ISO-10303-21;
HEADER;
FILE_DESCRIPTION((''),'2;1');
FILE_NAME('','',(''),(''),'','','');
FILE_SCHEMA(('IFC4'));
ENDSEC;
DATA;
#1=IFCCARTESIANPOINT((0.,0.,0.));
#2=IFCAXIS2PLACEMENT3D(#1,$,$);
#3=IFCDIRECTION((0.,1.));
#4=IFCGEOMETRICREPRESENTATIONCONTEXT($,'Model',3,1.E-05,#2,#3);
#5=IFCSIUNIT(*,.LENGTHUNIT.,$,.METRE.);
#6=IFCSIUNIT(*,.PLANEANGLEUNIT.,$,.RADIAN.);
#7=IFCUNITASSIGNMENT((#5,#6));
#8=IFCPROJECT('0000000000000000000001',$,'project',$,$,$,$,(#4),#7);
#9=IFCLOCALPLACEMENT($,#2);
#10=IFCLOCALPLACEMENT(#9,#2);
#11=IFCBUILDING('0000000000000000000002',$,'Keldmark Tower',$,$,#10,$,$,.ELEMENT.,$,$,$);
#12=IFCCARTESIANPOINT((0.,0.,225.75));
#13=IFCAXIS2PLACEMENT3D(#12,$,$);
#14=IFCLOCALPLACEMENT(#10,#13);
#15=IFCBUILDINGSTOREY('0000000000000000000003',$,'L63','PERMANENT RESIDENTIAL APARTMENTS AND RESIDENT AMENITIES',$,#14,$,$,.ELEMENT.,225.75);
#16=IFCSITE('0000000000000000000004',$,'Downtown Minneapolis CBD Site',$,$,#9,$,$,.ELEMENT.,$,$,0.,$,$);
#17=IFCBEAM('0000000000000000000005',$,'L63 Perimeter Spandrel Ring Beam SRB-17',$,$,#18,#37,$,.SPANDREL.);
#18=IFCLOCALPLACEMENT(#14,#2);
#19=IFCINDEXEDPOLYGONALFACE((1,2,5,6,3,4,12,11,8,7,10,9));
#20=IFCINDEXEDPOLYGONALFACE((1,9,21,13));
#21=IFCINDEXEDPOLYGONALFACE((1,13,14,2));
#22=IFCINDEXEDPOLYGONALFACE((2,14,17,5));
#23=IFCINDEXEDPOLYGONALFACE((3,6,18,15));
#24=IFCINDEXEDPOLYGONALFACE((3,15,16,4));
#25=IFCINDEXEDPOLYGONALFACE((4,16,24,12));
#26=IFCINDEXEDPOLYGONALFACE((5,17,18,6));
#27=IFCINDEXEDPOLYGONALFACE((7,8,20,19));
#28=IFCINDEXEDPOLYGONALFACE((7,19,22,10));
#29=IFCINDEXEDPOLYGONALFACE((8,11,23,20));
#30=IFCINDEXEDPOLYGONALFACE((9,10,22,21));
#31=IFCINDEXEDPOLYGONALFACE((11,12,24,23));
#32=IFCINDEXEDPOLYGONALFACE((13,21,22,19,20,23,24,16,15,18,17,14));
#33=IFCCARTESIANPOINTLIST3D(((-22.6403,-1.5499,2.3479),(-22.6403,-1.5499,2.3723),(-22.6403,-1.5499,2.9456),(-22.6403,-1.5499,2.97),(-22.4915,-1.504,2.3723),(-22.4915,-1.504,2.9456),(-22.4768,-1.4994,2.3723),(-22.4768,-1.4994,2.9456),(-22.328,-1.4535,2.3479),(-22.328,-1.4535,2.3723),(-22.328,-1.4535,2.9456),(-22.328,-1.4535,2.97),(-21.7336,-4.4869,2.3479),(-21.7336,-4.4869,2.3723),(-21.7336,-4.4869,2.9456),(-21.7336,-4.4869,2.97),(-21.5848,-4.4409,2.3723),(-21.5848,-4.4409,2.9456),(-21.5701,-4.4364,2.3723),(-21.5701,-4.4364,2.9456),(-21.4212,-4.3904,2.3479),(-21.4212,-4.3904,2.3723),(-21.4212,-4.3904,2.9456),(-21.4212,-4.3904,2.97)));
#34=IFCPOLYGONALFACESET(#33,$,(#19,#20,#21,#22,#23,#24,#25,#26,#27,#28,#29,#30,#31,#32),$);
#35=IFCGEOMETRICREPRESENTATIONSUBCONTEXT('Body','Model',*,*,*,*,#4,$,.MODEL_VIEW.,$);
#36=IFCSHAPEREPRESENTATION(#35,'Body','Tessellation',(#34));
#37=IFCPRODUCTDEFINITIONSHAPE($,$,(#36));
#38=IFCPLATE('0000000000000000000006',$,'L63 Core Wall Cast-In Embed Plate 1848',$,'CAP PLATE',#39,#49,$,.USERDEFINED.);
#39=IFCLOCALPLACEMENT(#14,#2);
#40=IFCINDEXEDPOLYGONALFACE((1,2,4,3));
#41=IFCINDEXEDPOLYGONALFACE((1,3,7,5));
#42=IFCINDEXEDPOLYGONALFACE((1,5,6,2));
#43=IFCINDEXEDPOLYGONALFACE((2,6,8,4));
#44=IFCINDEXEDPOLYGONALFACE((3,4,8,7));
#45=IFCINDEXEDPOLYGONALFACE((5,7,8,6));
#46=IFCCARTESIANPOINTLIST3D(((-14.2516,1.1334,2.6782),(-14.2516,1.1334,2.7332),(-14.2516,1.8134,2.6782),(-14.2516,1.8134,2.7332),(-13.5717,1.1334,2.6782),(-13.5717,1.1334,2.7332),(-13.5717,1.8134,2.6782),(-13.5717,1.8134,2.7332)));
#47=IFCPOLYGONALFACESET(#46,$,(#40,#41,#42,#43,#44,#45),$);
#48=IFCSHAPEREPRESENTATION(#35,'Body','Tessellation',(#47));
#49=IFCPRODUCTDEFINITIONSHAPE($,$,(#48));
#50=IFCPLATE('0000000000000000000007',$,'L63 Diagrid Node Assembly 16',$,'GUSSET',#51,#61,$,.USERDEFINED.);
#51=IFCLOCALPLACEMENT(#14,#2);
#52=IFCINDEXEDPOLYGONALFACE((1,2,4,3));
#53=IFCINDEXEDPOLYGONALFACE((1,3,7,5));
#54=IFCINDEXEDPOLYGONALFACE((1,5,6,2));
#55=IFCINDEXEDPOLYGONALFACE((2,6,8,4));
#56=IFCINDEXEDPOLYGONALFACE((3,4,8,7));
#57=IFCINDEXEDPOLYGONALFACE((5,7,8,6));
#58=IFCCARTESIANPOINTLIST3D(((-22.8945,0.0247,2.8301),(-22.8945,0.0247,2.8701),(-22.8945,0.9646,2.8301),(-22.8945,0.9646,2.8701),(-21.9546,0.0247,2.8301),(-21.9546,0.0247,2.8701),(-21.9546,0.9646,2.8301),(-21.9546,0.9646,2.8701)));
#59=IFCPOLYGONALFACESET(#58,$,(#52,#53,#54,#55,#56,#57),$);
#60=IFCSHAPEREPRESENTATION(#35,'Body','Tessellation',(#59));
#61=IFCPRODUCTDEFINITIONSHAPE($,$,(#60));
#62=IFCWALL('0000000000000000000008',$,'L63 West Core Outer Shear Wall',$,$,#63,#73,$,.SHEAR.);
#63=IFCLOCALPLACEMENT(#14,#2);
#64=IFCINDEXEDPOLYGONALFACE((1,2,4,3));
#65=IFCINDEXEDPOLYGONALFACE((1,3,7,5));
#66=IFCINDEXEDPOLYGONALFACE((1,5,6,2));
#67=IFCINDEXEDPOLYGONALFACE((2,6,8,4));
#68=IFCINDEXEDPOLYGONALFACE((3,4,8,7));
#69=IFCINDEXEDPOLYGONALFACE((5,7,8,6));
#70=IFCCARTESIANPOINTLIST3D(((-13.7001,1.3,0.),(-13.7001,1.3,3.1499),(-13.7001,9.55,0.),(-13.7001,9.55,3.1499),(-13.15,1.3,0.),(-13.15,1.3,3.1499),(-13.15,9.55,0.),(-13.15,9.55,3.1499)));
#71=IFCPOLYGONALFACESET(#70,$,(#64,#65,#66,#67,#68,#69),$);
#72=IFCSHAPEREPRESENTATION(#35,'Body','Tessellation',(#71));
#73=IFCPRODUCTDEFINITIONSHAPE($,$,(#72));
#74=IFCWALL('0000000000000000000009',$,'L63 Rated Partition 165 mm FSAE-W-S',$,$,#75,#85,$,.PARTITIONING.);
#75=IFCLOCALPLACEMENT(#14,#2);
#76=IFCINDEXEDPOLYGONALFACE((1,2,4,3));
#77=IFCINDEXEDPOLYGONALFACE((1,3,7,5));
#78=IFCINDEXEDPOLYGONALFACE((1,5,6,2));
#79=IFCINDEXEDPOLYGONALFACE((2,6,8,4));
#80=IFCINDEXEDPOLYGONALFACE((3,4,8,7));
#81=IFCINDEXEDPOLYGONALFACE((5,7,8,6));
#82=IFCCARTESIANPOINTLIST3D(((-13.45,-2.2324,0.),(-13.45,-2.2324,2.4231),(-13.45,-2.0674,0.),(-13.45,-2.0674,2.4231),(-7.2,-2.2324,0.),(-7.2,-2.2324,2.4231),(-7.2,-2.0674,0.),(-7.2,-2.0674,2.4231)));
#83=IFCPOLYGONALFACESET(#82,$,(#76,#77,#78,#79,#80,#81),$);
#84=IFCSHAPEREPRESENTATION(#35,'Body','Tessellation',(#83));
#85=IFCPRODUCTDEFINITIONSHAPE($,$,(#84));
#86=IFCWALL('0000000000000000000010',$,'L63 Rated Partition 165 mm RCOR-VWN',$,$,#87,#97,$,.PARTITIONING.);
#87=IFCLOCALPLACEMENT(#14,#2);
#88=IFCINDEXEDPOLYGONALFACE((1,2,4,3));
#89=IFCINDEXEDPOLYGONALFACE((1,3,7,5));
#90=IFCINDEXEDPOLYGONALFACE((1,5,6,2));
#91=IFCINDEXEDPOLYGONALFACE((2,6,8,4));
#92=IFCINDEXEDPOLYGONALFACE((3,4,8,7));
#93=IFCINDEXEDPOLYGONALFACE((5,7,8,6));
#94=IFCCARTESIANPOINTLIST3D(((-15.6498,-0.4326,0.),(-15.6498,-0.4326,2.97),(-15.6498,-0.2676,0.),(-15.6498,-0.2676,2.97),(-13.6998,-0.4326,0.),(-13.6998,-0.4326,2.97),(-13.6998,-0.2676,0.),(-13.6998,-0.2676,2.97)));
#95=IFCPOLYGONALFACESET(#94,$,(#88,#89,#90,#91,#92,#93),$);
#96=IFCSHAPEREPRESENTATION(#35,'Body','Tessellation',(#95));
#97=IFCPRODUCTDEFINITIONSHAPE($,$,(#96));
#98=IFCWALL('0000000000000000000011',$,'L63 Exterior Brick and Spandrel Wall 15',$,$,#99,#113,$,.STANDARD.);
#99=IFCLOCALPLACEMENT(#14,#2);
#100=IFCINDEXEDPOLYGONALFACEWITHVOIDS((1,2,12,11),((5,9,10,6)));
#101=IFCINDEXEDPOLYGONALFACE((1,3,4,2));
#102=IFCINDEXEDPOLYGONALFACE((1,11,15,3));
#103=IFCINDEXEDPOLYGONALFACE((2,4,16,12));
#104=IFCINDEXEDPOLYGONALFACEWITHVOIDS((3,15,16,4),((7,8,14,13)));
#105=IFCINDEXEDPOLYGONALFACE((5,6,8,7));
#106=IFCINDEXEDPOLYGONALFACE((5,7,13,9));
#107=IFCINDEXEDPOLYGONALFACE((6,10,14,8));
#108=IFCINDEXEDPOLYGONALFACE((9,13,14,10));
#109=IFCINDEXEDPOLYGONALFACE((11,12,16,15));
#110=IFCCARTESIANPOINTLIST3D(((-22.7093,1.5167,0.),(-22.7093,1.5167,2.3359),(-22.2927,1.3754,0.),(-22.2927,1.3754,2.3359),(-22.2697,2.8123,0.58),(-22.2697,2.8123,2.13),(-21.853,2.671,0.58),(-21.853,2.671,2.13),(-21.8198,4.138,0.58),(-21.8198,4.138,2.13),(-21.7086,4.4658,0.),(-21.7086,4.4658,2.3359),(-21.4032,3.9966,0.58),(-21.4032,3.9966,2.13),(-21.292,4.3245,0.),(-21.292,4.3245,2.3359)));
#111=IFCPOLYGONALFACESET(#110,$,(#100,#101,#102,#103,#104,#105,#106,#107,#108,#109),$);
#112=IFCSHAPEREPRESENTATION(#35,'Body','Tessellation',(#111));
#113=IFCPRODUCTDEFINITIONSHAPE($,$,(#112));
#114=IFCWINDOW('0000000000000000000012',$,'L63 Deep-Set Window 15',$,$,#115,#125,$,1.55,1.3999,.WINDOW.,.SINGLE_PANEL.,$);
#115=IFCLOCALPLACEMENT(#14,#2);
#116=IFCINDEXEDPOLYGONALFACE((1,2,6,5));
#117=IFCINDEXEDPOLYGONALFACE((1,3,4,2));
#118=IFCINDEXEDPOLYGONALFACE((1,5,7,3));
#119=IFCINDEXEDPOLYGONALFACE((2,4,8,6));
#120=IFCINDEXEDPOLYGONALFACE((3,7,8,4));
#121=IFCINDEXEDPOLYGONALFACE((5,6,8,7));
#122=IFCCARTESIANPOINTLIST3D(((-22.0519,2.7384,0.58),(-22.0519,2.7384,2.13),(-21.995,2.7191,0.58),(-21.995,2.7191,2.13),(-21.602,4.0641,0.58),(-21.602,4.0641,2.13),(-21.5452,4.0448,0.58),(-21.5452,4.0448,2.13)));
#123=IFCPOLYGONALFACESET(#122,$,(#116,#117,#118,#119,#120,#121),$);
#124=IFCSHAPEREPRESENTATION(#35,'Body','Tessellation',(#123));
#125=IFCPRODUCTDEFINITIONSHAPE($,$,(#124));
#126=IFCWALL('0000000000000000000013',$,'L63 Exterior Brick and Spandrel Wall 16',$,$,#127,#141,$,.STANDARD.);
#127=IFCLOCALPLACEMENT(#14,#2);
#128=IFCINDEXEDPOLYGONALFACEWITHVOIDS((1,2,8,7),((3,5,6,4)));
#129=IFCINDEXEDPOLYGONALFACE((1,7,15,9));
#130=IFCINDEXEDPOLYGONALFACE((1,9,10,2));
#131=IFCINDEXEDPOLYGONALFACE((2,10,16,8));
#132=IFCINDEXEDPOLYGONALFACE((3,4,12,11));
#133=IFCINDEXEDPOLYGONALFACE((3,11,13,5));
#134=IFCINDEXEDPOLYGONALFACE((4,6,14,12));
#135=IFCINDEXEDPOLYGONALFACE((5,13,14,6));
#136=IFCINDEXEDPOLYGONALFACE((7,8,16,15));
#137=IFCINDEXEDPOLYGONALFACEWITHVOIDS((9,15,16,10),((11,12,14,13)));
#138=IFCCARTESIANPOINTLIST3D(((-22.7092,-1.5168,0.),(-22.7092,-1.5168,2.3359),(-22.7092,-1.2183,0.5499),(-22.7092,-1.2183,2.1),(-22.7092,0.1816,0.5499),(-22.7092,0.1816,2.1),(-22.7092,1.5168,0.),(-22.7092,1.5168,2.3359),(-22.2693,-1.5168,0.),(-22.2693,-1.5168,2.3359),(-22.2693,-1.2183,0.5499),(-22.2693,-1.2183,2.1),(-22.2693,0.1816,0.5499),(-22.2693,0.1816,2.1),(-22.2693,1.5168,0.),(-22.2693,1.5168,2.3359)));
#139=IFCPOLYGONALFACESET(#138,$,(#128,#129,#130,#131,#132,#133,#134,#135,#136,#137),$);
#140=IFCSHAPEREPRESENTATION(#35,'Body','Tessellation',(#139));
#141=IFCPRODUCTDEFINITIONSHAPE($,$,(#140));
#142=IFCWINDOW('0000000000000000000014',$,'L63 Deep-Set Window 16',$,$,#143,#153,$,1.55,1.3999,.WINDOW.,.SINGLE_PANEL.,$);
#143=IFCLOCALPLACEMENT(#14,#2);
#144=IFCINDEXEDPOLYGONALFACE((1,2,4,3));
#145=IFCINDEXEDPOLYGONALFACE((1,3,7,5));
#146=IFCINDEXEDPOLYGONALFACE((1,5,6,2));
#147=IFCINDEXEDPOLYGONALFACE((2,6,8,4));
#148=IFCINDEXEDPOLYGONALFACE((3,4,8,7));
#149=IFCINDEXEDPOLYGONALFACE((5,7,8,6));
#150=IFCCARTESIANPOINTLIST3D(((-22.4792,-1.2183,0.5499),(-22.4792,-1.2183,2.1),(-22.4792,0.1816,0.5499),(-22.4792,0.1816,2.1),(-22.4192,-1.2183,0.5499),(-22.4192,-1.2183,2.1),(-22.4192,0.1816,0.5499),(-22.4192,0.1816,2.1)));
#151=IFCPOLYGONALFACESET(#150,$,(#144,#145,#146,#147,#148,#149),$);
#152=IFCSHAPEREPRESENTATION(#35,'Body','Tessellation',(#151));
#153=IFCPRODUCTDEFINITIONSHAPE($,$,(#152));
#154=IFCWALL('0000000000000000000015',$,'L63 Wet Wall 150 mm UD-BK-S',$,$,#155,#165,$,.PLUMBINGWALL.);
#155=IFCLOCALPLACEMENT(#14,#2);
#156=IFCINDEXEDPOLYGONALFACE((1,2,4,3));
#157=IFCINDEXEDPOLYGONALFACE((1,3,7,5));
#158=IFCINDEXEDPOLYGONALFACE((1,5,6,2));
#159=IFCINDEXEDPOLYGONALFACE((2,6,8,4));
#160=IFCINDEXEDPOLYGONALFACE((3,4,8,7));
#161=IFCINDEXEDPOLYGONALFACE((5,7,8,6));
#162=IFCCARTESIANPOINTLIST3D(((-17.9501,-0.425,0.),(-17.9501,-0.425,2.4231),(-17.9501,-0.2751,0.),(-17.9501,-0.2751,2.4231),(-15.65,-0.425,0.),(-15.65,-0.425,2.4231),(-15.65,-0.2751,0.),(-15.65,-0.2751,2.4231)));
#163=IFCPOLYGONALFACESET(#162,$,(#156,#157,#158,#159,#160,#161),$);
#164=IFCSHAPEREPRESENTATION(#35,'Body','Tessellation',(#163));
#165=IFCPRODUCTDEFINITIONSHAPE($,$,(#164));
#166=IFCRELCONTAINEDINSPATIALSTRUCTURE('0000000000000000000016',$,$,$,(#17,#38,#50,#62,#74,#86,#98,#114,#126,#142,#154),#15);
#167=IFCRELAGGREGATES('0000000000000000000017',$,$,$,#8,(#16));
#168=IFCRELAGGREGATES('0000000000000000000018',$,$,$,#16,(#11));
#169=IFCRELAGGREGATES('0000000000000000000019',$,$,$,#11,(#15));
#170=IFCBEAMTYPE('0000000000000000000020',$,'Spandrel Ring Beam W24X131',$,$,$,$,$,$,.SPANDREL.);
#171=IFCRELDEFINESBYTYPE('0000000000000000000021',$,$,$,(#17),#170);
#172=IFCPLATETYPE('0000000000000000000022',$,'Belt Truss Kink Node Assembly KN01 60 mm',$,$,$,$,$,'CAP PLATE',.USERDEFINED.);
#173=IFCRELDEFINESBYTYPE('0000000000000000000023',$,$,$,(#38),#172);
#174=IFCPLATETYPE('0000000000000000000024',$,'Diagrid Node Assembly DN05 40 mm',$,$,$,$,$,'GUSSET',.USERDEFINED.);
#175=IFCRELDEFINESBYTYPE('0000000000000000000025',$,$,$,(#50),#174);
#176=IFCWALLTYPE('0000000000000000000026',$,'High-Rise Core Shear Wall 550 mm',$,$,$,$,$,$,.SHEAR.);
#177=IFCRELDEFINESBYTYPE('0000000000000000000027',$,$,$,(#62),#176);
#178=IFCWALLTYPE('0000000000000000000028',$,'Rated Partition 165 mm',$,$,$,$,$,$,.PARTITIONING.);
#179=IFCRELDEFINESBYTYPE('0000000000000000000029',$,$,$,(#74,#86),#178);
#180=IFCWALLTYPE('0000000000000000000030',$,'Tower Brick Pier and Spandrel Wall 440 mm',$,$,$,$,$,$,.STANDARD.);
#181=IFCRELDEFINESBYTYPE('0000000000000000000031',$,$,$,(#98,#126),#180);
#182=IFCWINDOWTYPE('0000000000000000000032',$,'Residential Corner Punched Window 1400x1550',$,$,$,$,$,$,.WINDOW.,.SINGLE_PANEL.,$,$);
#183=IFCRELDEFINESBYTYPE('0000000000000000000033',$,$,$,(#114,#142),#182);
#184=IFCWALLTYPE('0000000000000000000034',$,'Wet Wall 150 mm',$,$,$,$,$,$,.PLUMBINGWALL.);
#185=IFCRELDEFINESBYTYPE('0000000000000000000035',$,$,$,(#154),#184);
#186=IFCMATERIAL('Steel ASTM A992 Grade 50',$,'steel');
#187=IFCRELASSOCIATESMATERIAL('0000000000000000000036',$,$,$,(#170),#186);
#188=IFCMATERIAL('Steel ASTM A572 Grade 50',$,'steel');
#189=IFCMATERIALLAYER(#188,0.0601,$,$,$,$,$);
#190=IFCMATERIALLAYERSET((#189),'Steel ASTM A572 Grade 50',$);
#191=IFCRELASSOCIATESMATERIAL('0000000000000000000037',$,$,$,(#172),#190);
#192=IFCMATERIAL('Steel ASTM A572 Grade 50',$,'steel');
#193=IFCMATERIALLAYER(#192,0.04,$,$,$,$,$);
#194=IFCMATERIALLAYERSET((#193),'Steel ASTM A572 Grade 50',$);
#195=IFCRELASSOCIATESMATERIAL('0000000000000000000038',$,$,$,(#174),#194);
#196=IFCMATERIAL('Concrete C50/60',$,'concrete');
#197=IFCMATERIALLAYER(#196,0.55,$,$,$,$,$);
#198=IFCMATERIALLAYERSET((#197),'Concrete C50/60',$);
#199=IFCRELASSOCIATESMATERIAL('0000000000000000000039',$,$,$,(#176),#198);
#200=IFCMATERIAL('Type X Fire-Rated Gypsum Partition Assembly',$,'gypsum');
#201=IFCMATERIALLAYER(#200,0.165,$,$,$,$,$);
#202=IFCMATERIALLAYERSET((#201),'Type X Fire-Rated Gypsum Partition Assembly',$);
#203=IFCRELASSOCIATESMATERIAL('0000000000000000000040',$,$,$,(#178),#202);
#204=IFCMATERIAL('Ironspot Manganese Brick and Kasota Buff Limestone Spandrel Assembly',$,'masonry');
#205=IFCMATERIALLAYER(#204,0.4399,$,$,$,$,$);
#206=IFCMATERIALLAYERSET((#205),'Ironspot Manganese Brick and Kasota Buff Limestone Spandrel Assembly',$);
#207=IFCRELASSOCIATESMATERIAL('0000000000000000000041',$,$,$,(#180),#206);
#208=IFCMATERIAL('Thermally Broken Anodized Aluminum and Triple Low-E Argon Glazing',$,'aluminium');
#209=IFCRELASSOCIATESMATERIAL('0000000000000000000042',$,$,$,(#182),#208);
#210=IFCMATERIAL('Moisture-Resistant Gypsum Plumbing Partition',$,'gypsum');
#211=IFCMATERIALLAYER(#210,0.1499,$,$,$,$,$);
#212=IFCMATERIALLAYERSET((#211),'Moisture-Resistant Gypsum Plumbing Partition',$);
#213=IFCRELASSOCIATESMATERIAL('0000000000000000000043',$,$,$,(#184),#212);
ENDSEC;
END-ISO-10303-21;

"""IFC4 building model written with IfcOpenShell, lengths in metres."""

from ifc_helpers import new_model, si_unit, direction, frame, frame_2d, origin, origin_2d, place, context, subcontext, project, spatial, rectangle, i_section, extrude, material, layer, layer_set, material_profile, profile_set, type_object, element, fill, save


model = new_model("IFC4")

# Units and contexts
model_context = context("Model", 3, precision=1e-05, world=origin(), true_north=direction((0.0, 1.0)))
body_context = subcontext(model_context, "Body", "Model", "MODEL_VIEW")
ifc_project = project(units=[si_unit("LENGTHUNIT", "METRE"), si_unit("PLANEANGLEUNIT", "RADIAN")], contexts=[model_context])

# Site, building, storey
site_placement = place(None, origin())
site = spatial("IfcSite", under=ifc_project, at=site_placement, Name="Downtown Minneapolis CBD Site", CompositionType="ELEMENT", RefElevation=0.0)
building_placement = place(site_placement, origin())
building = spatial("IfcBuilding", under=site, at=building_placement, Name="Keldmark Tower", CompositionType="ELEMENT")
storey_placement = place(building_placement, frame((0.0, 0.0, 225.75)))
storey = spatial("IfcBuildingStorey", under=building, at=storey_placement, Name="L63", Description="PERMANENT RESIDENTIAL APARTMENTS AND RESIDENT AMENITIES", CompositionType="ELEMENT", Elevation=225.75)

# Beam
ifc_material_1 = material(Name="Steel ASTM A992 Grade 50", Category="steel")
ifc_material_profile_1 = material_profile(ifc_material_1, i_section(OverallWidth=0.3269, OverallDepth=0.6221, WebThickness=0.0154, FlangeThickness=0.0244, at=origin_2d()), Name="W24X131")
ifc_profile_set_1 = profile_set([ifc_material_profile_1], Name="Steel ASTM A992 Grade 50")
beam_type_1 = type_object("IfcBeamType", Name="Spandrel Ring Beam W24X131", PredefinedType="SPANDREL", material=ifc_profile_set_1)
beam_1_placement = place(storey_placement, frame((-22.4841, -1.5017, 2.6589), z_axis=(0.29499, -0.9555, 0.0), x_axis=(0.9555, 0.29499, 0.0)))
element("IfcBeam", 1, at=beam_1_placement, inside=storey, type_object=beam_type_1, Name="L63 Perimeter Spandrel Ring Beam SRB-17", PredefinedType="SPANDREL", context=body_context, shape_type="SweptSolid", body=[
    extrude(i_section(OverallWidth=0.3269, OverallDepth=0.6221, WebThickness=0.0154, FlangeThickness=0.0244, at=origin_2d()), origin(), (0.0, 0.0, 1.0), 3.0737),
])

# Plates
ifc_material_2 = material(Name="Steel ASTM A572 Grade 50", Category="steel")
ifc_layer_1 = layer(ifc_material_2, 0.0601)
ifc_layer_set_1 = layer_set([ifc_layer_1], Name="Steel ASTM A572 Grade 50")
plate_type_1 = type_object("IfcPlateType", Name="Belt Truss Kink Node Assembly KN01 60 mm", ElementType="CAP PLATE", PredefinedType="USERDEFINED", material=ifc_layer_set_1)
plate_1_placement = place(storey_placement, frame((-13.9116, 1.4734, 2.6782), z_axis=(0.0, 0.0, 1.0), x_axis=(1.0, 0.0, 0.0)))
element("IfcPlate", 2, at=plate_1_placement, inside=storey, type_object=plate_type_1, Name="L63 Core Wall Cast-In Embed Plate 1848", ObjectType="CAP PLATE", PredefinedType="USERDEFINED", context=body_context, shape_type="SweptSolid", body=[
    extrude(rectangle(XDim=0.6799, YDim=0.6799, at=origin_2d()), origin(), (0.0, 0.0, 1.0), 0.0549),
])
ifc_material_3 = material(Name="Steel ASTM A572 Grade 50", Category="steel")
ifc_layer_2 = layer(ifc_material_3, 0.04)
ifc_layer_set_2 = layer_set([ifc_layer_2], Name="Steel ASTM A572 Grade 50")
plate_type_2 = type_object("IfcPlateType", Name="Diagrid Node Assembly DN05 40 mm", ElementType="GUSSET", PredefinedType="USERDEFINED", material=ifc_layer_set_2)
plate_2_placement = place(storey_placement, frame((-22.4246, 0.4946, 2.8301), z_axis=(0.0, 0.0, 1.0), x_axis=(0.0, -1.0, 0.0)))
element("IfcPlate", 3, at=plate_2_placement, inside=storey, type_object=plate_type_2, Name="L63 Diagrid Node Assembly 16", ObjectType="GUSSET", PredefinedType="USERDEFINED", context=body_context, shape_type="SweptSolid", body=[
    extrude(rectangle(XDim=0.9399, YDim=0.9399, at=origin_2d()), origin(), (0.0, 0.0, 1.0), 0.04),
])

# Walls
ifc_material_4 = material(Name="Concrete C50/60", Category="concrete")
ifc_layer_3 = layer(ifc_material_4, 0.55)
ifc_layer_set_3 = layer_set([ifc_layer_3], Name="Concrete C50/60")
wall_type_1 = type_object("IfcWallType", Name="High-Rise Core Shear Wall 550 mm", PredefinedType="SHEAR", material=ifc_layer_set_3)
wall_1_placement = place(storey_placement, frame((-13.425, 1.3, 0.0), z_axis=(0.0, 0.0, 1.0), x_axis=(0.0, 1.0, 0.0)))
element("IfcWall", 4, at=wall_1_placement, inside=storey, type_object=wall_type_1, Name="L63 West Core Outer Shear Wall", PredefinedType="SHEAR", context=body_context, shape_type="SweptSolid", body=[
    extrude(rectangle(XDim=8.25, YDim=0.55, at=frame_2d((4.125, 0.0))), origin(), (0.0, 0.0, 1.0), 3.1499),
])
ifc_material_5 = material(Name="Type X Fire-Rated Gypsum Partition Assembly", Category="gypsum")
ifc_layer_4 = layer(ifc_material_5, 0.165)
ifc_layer_set_4 = layer_set([ifc_layer_4], Name="Type X Fire-Rated Gypsum Partition Assembly")
wall_type_2 = type_object("IfcWallType", Name="Rated Partition 165 mm", PredefinedType="PARTITIONING", material=ifc_layer_set_4)
wall_2_placement = place(storey_placement, frame((-13.45, -2.1499, 0.0), z_axis=(0.0, 0.0, 1.0), x_axis=(1.0, 0.0, 0.0)))
element("IfcWall", 5, at=wall_2_placement, inside=storey, type_object=wall_type_2, Name="L63 Rated Partition 165 mm FSAE-W-S", PredefinedType="PARTITIONING", context=body_context, shape_type="SweptSolid", body=[
    extrude(rectangle(XDim=6.25, YDim=0.165, at=frame_2d((3.125, 0.0))), origin(), (0.0, 0.0, 1.0), 2.4231),
])

# Wall
wall_3_placement = place(storey_placement, frame((-15.6499, -0.3501, 0.0), z_axis=(0.0, 0.0, 1.0), x_axis=(1.0, 0.0, 0.0)))
element("IfcWall", 6, at=wall_3_placement, inside=storey, type_object=wall_type_2, Name="L63 Rated Partition 165 mm RCOR-VWN", PredefinedType="PARTITIONING", context=body_context, shape_type="SweptSolid", body=[
    extrude(rectangle(XDim=1.95, YDim=0.165, at=frame_2d((0.9751, 0.0))), origin(), (0.0, 0.0, 1.0), 2.97),
])

# Walls, openings, windows
ifc_material_6 = material(Name="Ironspot Manganese Brick and Kasota Buff Limestone Spandrel Assembly", Category="masonry")
ifc_layer_5 = layer(ifc_material_6, 0.4399)
ifc_layer_set_5 = layer_set([ifc_layer_5], Name="Ironspot Manganese Brick and Kasota Buff Limestone Spandrel Assembly")
wall_type_3 = type_object("IfcWallType", Name="Tower Brick Pier and Spandrel Wall 440 mm", PredefinedType="STANDARD", material=ifc_layer_set_5)
wall_4_placement = place(storey_placement, frame((-22.501, 1.446, 0.0), z_axis=(0.0, 0.0, 1.0), x_axis=(0.321326, 0.946968, 0.0)))
wall_4 = element("IfcWall", 7, at=wall_4_placement, inside=storey, type_object=wall_type_3, Name="L63 Exterior Brick and Spandrel Wall 15", PredefinedType="STANDARD", context=body_context, shape_type="SweptSolid", body=[
    extrude(rectangle(XDim=3.1143, YDim=0.4399, at=frame_2d((1.5571, 0.0))), origin(), (0.0, 0.0, 1.0), 2.3359),
])
opening_1_placement = place(wall_4_placement, frame((1.3682, 0.0, 0.5801)))
opening_1 = element("IfcOpeningElement", 8, at=opening_1_placement, cuts=wall_4, PredefinedType="OPENING", context=body_context, shape_type="SweptSolid", body=[
    extrude(rectangle(XDim=1.3999, YDim=1.55, at=frame_2d((0.7, 0.7749))), frame((0.0, 0.23, 0.0), z_axis=(0.0, -1.0, 0.0), x_axis=(1.0, 0.0, 0.0)), (0.0, 0.0, 1.0), 0.46),
])
ifc_material_7 = material(Name="Thermally Broken Anodized Aluminum and Triple Low-E Argon Glazing", Category="aluminium")
window_type = type_object("IfcWindowType", Name="Residential Corner Punched Window 1400x1550", PartitioningType="SINGLE_PANEL", PredefinedType="WINDOW", material=ifc_material_7)
window_1_placement = place(opening_1_placement, origin())
window_1 = element("IfcWindow", 9, at=window_1_placement, inside=storey, type_object=window_type, Name="L63 Deep-Set Window 15", OverallHeight=1.55, OverallWidth=1.3999, PartitioningType="SINGLE_PANEL", PredefinedType="WINDOW", context=body_context, shape_type="SweptSolid", body=[
    extrude(rectangle(XDim=1.3999, YDim=1.55, at=frame_2d((0.7, 0.7749))), frame((0.0, -0.01, 0.0), z_axis=(0.0, -1.0, 0.0), x_axis=(1.0, 0.0, 0.0)), (0.0, 0.0, 1.0), 0.0601),
])
fill(opening_1, window_1)
wall_5_placement = place(storey_placement, frame((-22.4893, -1.5168, 0.0), z_axis=(0.0, 0.0, 1.0), x_axis=(0.0, 1.0, 0.0)))
wall_5 = element("IfcWall", 10, at=wall_5_placement, inside=storey, type_object=wall_type_3, Name="L63 Exterior Brick and Spandrel Wall 16", PredefinedType="STANDARD", context=body_context, shape_type="SweptSolid", body=[
    extrude(rectangle(XDim=3.0337, YDim=0.4399, at=frame_2d((1.5168, 0.0))), origin(), (0.0, 0.0, 1.0), 2.3359),
])
opening_2_placement = place(wall_5_placement, frame((0.2986, 0.0, 0.55)))
opening_2 = element("IfcOpeningElement", 11, at=opening_2_placement, cuts=wall_5, PredefinedType="OPENING", context=body_context, shape_type="SweptSolid", body=[
    extrude(rectangle(XDim=1.3999, YDim=1.55, at=frame_2d((0.7, 0.7749))), frame((0.0, 0.23, 0.0), z_axis=(0.0, -1.0, 0.0), x_axis=(1.0, 0.0, 0.0)), (0.0, 0.0, 1.0), 0.46),
])
window_2_placement = place(opening_2_placement, origin())
window_2 = element("IfcWindow", 12, at=window_2_placement, inside=storey, type_object=window_type, Name="L63 Deep-Set Window 16", OverallHeight=1.55, OverallWidth=1.3999, PartitioningType="SINGLE_PANEL", PredefinedType="WINDOW", context=body_context, shape_type="SweptSolid", body=[
    extrude(rectangle(XDim=1.3999, YDim=1.55, at=frame_2d((0.7, 0.7749))), frame((0.0, -0.01, 0.0), z_axis=(0.0, -1.0, 0.0), x_axis=(1.0, 0.0, 0.0)), (0.0, 0.0, 1.0), 0.0601),
])
fill(opening_2, window_2)

# Wall
ifc_material_8 = material(Name="Moisture-Resistant Gypsum Plumbing Partition", Category="gypsum")
ifc_layer_6 = layer(ifc_material_8, 0.1499)
ifc_layer_set_6 = layer_set([ifc_layer_6], Name="Moisture-Resistant Gypsum Plumbing Partition")
wall_type_4 = type_object("IfcWallType", Name="Wet Wall 150 mm", PredefinedType="PLUMBINGWALL", material=ifc_layer_set_6)
wall_6_placement = place(storey_placement, frame((-17.95, -0.3501, 0.0), z_axis=(0.0, 0.0, 1.0), x_axis=(1.0, 0.0, 0.0)))
element("IfcWall", 13, at=wall_6_placement, inside=storey, type_object=wall_type_4, Name="L63 Wet Wall 150 mm UD-BK-S", PredefinedType="PLUMBINGWALL", context=body_context, shape_type="SweptSolid", body=[
    extrude(rectangle(XDim=2.3, YDim=0.1499, at=frame_2d((1.1499, 0.0))), origin(), (0.0, 0.0, 1.0), 2.4231),
])

save(model, "model.ifc")
